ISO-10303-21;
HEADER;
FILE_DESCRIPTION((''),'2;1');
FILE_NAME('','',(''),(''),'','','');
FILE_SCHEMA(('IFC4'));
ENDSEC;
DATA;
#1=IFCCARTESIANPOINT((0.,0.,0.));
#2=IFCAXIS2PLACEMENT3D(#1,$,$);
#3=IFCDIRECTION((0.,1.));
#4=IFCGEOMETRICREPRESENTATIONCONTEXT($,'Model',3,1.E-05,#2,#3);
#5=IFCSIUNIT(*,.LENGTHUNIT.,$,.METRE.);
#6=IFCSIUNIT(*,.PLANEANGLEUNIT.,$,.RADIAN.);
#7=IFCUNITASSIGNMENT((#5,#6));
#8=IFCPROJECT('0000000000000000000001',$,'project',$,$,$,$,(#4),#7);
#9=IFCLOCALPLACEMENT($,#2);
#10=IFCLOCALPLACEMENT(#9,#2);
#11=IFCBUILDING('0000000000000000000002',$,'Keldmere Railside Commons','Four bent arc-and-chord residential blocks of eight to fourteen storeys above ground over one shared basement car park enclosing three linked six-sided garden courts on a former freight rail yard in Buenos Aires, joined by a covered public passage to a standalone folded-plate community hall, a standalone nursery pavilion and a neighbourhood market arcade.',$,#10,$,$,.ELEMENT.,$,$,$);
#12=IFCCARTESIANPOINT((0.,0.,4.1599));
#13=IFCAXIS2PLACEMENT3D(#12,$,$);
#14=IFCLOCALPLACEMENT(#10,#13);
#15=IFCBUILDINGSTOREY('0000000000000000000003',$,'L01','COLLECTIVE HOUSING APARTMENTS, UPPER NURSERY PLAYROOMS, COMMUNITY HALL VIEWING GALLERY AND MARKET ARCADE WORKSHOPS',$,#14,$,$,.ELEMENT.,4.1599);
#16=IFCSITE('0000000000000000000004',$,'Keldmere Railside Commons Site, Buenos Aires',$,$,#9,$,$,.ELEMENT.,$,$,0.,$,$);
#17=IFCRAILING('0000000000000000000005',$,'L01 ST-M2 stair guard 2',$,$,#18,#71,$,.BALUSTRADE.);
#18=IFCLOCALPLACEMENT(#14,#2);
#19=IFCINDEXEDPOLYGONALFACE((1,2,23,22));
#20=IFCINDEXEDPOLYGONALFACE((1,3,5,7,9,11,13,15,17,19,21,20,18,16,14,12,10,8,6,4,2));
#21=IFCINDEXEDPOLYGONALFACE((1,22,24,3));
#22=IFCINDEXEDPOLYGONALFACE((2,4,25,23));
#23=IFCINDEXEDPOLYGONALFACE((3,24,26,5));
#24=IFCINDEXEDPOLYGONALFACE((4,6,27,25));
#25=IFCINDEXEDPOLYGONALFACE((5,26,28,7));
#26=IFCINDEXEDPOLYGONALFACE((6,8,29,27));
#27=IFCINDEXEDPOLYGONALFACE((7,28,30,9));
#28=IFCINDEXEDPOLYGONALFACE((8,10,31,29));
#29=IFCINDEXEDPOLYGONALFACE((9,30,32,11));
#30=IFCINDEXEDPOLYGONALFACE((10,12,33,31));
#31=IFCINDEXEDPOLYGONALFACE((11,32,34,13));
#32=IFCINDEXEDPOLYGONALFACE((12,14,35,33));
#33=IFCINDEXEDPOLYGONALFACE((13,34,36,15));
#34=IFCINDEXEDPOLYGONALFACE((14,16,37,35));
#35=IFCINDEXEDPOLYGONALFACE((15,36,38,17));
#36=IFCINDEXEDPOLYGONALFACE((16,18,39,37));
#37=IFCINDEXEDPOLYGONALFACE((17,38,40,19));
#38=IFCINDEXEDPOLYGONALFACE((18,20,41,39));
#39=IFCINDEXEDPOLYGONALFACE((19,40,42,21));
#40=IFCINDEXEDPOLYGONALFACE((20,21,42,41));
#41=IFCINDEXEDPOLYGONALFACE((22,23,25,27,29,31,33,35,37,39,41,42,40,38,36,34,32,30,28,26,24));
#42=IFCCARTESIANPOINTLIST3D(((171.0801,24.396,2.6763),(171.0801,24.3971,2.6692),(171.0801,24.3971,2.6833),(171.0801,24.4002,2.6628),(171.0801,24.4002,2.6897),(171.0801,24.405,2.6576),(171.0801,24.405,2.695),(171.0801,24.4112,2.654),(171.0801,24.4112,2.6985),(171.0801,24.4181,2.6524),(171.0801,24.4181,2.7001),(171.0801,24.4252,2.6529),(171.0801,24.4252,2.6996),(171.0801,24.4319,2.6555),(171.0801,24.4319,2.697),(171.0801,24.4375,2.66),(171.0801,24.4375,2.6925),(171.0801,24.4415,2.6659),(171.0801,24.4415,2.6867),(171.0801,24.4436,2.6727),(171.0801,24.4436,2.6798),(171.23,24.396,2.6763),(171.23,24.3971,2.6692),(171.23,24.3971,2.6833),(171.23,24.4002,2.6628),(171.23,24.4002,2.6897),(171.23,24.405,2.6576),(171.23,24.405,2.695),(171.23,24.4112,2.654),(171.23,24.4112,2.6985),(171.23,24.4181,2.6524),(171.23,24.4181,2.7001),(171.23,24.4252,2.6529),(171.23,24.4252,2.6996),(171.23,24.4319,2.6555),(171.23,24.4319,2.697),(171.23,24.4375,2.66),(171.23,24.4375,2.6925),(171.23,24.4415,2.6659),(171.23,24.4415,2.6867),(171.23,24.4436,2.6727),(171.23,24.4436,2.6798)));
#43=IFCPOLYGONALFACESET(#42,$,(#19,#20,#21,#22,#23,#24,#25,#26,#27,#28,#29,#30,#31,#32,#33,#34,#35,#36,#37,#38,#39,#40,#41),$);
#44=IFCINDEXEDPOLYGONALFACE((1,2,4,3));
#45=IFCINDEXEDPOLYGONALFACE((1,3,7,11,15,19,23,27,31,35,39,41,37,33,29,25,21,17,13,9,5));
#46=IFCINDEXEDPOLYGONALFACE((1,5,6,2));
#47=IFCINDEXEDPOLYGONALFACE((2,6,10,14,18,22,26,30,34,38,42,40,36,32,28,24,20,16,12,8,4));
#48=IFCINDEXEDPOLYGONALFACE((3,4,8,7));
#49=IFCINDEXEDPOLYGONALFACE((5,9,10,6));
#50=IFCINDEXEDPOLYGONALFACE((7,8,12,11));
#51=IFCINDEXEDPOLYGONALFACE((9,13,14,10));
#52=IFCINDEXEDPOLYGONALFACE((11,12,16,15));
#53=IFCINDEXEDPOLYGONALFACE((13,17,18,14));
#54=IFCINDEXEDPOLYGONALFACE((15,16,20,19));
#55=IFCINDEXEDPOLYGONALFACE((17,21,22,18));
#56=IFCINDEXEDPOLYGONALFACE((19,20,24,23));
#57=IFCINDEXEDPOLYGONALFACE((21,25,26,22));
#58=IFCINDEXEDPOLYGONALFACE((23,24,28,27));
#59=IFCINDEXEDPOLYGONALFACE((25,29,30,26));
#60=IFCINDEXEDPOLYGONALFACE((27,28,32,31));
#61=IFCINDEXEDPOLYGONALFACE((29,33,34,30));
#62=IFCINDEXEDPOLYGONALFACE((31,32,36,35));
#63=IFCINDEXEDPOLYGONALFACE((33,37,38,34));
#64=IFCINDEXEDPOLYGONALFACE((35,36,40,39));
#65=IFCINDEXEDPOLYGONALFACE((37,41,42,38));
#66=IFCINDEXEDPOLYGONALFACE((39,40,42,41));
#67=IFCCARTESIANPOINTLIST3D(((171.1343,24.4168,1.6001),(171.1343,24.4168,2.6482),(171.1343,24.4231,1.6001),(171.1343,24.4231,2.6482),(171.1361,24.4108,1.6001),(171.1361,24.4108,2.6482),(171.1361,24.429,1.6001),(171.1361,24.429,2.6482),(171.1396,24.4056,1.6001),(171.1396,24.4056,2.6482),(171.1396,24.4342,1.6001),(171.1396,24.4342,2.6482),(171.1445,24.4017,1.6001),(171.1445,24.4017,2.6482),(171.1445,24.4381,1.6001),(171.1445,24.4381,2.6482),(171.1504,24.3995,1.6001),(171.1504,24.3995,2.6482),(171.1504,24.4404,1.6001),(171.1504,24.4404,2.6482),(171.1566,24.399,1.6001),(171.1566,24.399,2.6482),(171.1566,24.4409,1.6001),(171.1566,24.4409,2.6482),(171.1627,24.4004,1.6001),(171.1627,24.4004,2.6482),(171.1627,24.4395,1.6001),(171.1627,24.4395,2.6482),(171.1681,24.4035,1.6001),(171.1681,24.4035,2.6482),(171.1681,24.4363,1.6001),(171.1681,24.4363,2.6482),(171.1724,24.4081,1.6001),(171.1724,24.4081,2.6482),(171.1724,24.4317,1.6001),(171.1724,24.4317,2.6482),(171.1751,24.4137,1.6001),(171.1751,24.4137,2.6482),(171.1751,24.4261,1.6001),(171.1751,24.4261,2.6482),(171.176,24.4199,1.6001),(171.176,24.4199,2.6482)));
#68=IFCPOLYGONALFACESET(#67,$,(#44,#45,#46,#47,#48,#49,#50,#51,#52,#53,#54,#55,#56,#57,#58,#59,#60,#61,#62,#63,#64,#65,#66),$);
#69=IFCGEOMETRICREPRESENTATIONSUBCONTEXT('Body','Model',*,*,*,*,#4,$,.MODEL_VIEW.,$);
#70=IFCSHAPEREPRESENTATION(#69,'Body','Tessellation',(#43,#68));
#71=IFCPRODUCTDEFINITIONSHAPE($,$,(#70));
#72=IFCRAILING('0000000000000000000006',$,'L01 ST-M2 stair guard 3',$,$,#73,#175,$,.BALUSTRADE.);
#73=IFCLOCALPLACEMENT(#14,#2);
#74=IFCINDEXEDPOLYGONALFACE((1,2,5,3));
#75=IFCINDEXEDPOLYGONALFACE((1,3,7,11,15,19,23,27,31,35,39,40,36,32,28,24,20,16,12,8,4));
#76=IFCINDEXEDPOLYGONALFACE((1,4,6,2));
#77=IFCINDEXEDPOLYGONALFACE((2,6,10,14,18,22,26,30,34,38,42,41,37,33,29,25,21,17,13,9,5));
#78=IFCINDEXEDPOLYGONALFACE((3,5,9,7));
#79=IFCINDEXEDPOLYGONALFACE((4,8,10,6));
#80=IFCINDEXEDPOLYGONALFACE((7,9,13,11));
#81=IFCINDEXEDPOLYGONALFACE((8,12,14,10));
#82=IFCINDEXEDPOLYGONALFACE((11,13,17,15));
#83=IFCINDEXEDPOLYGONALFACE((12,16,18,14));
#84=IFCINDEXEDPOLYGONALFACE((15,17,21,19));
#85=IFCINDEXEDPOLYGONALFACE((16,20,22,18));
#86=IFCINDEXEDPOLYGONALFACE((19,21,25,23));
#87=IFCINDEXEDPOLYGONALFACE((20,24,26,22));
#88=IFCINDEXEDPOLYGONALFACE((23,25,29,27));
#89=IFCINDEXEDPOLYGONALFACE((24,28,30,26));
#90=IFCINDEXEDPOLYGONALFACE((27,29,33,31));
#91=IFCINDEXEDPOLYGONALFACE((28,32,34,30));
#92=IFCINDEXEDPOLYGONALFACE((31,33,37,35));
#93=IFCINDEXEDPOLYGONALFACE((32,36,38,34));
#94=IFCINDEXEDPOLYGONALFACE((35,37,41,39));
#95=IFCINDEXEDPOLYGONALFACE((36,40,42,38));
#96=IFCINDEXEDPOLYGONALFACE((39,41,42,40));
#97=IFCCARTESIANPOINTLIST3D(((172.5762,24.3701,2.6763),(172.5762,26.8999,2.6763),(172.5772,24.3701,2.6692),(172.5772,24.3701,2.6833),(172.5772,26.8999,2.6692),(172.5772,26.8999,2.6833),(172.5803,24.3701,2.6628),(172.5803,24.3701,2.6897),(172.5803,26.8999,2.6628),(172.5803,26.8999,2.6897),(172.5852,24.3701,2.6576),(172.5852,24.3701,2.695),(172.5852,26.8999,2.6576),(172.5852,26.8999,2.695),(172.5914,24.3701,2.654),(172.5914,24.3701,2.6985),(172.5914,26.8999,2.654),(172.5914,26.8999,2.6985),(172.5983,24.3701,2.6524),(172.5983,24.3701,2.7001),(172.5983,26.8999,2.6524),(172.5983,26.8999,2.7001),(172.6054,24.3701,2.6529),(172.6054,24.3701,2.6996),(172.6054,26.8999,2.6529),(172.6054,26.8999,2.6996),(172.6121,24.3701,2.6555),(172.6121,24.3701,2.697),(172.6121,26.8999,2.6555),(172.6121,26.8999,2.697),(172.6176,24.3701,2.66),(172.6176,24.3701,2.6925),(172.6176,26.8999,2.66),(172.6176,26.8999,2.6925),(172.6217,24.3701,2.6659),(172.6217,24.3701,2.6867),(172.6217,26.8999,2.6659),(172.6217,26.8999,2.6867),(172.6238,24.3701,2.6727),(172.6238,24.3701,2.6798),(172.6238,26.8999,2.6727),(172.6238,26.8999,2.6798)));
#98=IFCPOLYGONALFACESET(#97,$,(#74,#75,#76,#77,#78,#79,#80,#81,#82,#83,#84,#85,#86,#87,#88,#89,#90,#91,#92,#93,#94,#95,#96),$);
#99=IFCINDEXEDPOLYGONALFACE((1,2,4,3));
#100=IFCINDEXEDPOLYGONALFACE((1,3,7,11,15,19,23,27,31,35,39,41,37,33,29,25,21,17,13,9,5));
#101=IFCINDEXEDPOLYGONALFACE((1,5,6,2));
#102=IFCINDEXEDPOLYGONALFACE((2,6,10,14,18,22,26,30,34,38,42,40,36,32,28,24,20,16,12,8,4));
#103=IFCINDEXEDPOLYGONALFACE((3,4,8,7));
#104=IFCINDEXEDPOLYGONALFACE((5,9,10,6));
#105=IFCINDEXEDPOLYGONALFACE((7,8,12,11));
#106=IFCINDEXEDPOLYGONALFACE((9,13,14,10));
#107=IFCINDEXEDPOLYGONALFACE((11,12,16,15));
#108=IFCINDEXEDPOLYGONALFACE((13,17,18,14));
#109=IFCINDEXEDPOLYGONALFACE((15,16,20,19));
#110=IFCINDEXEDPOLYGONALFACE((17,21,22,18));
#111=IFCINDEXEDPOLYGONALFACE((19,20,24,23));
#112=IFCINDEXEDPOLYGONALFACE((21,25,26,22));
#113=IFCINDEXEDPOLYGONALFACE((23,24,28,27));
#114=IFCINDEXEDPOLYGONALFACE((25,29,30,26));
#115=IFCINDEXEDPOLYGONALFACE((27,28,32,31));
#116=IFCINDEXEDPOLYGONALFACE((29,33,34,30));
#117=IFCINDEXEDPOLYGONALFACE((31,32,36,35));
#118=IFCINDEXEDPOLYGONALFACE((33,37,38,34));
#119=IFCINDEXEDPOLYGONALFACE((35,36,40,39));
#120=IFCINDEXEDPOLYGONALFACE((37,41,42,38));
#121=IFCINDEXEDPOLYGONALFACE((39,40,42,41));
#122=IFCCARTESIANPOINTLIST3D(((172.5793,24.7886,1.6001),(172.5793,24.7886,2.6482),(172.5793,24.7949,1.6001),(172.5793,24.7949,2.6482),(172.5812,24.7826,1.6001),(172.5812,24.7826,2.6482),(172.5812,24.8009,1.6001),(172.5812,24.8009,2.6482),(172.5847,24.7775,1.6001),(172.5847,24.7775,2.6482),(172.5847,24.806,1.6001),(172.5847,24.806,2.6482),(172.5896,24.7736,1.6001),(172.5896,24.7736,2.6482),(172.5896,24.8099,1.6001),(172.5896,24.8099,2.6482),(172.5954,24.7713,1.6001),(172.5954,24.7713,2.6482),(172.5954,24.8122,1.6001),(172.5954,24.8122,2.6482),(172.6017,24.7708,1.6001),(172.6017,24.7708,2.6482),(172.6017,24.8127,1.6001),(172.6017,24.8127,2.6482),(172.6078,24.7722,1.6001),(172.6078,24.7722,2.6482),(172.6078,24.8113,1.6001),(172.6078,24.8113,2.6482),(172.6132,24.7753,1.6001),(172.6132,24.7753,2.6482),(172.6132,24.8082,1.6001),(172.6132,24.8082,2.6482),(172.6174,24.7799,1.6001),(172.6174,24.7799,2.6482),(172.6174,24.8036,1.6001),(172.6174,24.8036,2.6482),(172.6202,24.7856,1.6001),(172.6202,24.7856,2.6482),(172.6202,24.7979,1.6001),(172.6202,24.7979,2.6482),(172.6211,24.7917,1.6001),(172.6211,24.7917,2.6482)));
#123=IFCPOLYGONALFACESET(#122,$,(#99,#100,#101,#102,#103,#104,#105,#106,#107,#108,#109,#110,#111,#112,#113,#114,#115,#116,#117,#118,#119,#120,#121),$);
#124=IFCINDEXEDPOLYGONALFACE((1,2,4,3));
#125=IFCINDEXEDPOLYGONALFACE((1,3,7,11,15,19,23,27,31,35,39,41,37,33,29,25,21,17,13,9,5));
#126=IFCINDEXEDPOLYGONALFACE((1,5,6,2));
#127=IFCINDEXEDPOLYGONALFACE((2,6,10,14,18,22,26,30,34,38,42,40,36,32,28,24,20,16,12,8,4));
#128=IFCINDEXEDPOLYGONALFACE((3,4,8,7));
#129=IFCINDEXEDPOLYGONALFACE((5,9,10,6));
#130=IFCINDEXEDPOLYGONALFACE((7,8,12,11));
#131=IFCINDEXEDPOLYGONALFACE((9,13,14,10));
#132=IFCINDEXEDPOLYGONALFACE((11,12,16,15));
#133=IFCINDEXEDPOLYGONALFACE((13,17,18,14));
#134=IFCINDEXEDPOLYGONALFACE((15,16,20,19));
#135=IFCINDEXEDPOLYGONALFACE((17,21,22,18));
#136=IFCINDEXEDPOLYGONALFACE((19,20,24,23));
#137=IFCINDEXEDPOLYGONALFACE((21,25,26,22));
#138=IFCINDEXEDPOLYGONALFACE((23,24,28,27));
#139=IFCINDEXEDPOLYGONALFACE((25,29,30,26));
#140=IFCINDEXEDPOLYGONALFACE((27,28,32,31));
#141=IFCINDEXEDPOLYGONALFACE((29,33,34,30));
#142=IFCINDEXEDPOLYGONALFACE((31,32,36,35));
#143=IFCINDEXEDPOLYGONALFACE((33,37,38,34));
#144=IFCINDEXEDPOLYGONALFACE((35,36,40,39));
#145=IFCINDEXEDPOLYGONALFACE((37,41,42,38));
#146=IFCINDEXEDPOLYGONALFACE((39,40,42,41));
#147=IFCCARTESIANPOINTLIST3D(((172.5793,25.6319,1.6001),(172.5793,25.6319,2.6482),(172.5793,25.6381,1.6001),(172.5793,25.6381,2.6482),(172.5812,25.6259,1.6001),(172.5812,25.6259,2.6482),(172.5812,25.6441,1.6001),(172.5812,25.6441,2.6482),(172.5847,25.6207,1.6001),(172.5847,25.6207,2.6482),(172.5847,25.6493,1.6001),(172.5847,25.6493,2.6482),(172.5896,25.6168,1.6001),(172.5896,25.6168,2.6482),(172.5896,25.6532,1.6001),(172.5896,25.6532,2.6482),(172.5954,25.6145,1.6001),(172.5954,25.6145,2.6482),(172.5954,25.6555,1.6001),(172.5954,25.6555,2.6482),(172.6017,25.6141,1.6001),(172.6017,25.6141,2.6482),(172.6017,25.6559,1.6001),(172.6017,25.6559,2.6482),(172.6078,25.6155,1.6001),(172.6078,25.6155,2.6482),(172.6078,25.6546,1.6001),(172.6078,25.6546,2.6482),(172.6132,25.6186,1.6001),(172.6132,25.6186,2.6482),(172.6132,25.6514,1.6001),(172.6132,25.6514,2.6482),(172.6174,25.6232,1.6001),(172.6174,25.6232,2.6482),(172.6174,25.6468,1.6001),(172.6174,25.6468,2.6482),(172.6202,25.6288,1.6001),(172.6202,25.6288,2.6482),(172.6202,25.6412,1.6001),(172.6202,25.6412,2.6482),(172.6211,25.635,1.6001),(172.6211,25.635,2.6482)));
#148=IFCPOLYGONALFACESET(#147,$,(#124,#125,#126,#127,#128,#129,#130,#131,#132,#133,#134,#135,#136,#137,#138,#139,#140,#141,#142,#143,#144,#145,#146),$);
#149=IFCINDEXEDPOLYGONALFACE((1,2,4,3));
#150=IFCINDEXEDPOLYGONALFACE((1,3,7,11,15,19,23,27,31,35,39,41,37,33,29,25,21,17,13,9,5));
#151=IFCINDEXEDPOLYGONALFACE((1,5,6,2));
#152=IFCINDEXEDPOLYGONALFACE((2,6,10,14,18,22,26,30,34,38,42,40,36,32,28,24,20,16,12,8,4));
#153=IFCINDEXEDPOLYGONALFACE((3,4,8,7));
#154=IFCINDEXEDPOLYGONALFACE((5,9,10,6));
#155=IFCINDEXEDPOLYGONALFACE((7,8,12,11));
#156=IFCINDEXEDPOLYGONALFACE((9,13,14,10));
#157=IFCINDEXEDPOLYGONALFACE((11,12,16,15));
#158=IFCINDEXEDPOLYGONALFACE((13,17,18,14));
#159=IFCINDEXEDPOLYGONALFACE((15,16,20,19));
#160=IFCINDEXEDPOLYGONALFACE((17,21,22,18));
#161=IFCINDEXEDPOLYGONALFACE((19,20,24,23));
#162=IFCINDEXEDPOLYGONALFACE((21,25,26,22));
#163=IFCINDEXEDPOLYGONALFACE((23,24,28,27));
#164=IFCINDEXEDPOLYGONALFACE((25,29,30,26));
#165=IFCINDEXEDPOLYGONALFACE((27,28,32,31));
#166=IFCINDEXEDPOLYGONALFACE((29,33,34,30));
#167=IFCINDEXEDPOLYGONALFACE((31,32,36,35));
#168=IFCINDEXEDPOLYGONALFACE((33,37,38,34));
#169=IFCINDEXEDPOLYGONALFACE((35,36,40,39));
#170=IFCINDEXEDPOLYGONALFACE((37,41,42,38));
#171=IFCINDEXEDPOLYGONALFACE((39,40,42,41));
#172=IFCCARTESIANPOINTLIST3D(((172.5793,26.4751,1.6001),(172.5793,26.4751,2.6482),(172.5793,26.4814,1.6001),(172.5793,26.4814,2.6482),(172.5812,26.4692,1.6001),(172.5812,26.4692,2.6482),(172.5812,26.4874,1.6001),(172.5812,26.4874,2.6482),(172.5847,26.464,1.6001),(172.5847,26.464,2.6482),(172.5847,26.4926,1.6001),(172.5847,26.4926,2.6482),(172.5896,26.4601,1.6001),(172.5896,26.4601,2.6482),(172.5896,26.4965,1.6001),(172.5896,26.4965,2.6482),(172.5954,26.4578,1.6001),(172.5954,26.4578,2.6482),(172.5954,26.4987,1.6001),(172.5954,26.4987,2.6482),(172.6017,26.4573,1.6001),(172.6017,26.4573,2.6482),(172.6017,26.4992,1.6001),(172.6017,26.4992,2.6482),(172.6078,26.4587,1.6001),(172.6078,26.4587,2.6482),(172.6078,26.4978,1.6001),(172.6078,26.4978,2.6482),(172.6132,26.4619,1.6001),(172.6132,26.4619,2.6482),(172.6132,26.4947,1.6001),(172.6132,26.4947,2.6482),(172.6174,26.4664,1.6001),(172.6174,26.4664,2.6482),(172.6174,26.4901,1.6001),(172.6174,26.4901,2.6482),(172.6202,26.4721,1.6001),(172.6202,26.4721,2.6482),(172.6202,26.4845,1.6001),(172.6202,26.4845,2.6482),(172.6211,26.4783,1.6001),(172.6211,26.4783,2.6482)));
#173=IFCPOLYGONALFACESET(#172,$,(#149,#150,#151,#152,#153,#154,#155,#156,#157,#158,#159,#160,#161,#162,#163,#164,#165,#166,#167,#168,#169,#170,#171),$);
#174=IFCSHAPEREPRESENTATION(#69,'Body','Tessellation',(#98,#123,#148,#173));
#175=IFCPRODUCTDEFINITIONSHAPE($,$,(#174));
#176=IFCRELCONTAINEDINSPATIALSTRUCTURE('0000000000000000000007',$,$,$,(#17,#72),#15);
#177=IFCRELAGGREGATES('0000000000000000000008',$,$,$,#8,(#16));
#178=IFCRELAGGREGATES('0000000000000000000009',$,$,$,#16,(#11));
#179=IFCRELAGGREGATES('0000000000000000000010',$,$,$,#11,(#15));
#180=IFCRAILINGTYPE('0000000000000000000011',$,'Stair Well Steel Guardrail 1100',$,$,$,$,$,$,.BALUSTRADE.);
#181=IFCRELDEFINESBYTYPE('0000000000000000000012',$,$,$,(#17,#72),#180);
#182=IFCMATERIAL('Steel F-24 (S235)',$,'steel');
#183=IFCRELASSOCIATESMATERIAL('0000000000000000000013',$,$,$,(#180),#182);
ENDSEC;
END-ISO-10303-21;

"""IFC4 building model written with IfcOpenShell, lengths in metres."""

from ifc_helpers import new_model, si_unit, direction, frame, origin, origin_2d, place, context, subcontext, project, spatial, circle, extrude, material, type_object, element, save


model = new_model("IFC4")

# Units and contexts
model_context = context("Model", 3, precision=1e-05, world=origin(), true_north=direction((0.0, 1.0)))
body_context = subcontext(model_context, "Body", "Model", "MODEL_VIEW")
ifc_project = project(units=[si_unit("LENGTHUNIT", "METRE"), si_unit("PLANEANGLEUNIT", "RADIAN")], contexts=[model_context])

# Site, building, storey
site_placement = place(None, origin())
site = spatial("IfcSite", under=ifc_project, at=site_placement, Name="Keldmere Railside Commons Site, Buenos Aires", CompositionType="ELEMENT", RefElevation=0.0)
building_placement = place(site_placement, origin())
building = spatial("IfcBuilding", under=site, at=building_placement, Name="Keldmere Railside Commons", Description="Four bent arc-and-chord residential blocks of eight to fourteen storeys above ground over one shared basement car park enclosing three linked six-sided garden courts on a former freight rail yard in Buenos Aires, joined by a covered public passage to a standalone folded-plate community hall, a standalone nursery pavilion and a neighbourhood market arcade.", CompositionType="ELEMENT")
storey_placement = place(building_placement, frame((0.0, 0.0, 4.1599)))
storey = spatial("IfcBuildingStorey", under=building, at=storey_placement, Name="L01", Description="COLLECTIVE HOUSING APARTMENTS, UPPER NURSERY PLAYROOMS, COMMUNITY HALL VIEWING GALLERY AND MARKET ARCADE WORKSHOPS", CompositionType="ELEMENT", Elevation=4.1599)

# Shared definitions
ifc_material_1 = material(Name="Steel F-24 (S235)", Category="steel")

# Railings
railing_type_1 = type_object("IfcRailingType", Name="Stair Well Steel Guardrail 1100", PredefinedType="BALUSTRADE", material=ifc_material_1)
railing_1_placement = place(storey_placement, frame((171.23, 24.4199, 1.6001)))
element("IfcRailing", 1, at=railing_1_placement, inside=storey, type_object=railing_type_1, Name="L01 ST-M2 stair guard 2", PredefinedType="BALUSTRADE", context=body_context, shape_type="SweptSolid", body=[
    extrude(circle(Radius=0.0239, at=origin_2d()), frame((0.0, 0.0, 1.0762), z_axis=(-1.0, 0.0, 0.0), x_axis=(0.0, -1.0, 0.0)), (0.0, 0.0, 1.0), 0.1499),
    extrude(circle(Radius=0.021, at=origin_2d()), frame((-0.075, 0.0, 0.0)), (0.0, 0.0, 1.0), 1.0481),
])
railing_2_placement = place(storey_placement, frame((172.6001, 24.3701, 1.6001)))
element("IfcRailing", 2, at=railing_2_placement, inside=storey, type_object=railing_type_1, Name="L01 ST-M2 stair guard 3", PredefinedType="BALUSTRADE", context=body_context, shape_type="SweptSolid", body=[
    extrude(circle(Radius=0.0239, at=origin_2d()), frame((0.0, 0.0, 1.0762), z_axis=(0.0, 1.0, 0.0), x_axis=(-1.0, 0.0, 0.0)), (0.0, 0.0, 1.0), 2.5298),
    extrude(circle(Radius=0.021, at=origin_2d()), frame((0.0, 0.4216, 0.0)), (0.0, 0.0, 1.0), 1.0481),
    extrude(circle(Radius=0.021, at=origin_2d()), frame((0.0, 1.2649, 0.0)), (0.0, 0.0, 1.0), 1.0481),
    extrude(circle(Radius=0.021, at=origin_2d()), frame((0.0, 2.1082, 0.0)), (0.0, 0.0, 1.0), 1.0481),
])

save(model, "model.ifc")
